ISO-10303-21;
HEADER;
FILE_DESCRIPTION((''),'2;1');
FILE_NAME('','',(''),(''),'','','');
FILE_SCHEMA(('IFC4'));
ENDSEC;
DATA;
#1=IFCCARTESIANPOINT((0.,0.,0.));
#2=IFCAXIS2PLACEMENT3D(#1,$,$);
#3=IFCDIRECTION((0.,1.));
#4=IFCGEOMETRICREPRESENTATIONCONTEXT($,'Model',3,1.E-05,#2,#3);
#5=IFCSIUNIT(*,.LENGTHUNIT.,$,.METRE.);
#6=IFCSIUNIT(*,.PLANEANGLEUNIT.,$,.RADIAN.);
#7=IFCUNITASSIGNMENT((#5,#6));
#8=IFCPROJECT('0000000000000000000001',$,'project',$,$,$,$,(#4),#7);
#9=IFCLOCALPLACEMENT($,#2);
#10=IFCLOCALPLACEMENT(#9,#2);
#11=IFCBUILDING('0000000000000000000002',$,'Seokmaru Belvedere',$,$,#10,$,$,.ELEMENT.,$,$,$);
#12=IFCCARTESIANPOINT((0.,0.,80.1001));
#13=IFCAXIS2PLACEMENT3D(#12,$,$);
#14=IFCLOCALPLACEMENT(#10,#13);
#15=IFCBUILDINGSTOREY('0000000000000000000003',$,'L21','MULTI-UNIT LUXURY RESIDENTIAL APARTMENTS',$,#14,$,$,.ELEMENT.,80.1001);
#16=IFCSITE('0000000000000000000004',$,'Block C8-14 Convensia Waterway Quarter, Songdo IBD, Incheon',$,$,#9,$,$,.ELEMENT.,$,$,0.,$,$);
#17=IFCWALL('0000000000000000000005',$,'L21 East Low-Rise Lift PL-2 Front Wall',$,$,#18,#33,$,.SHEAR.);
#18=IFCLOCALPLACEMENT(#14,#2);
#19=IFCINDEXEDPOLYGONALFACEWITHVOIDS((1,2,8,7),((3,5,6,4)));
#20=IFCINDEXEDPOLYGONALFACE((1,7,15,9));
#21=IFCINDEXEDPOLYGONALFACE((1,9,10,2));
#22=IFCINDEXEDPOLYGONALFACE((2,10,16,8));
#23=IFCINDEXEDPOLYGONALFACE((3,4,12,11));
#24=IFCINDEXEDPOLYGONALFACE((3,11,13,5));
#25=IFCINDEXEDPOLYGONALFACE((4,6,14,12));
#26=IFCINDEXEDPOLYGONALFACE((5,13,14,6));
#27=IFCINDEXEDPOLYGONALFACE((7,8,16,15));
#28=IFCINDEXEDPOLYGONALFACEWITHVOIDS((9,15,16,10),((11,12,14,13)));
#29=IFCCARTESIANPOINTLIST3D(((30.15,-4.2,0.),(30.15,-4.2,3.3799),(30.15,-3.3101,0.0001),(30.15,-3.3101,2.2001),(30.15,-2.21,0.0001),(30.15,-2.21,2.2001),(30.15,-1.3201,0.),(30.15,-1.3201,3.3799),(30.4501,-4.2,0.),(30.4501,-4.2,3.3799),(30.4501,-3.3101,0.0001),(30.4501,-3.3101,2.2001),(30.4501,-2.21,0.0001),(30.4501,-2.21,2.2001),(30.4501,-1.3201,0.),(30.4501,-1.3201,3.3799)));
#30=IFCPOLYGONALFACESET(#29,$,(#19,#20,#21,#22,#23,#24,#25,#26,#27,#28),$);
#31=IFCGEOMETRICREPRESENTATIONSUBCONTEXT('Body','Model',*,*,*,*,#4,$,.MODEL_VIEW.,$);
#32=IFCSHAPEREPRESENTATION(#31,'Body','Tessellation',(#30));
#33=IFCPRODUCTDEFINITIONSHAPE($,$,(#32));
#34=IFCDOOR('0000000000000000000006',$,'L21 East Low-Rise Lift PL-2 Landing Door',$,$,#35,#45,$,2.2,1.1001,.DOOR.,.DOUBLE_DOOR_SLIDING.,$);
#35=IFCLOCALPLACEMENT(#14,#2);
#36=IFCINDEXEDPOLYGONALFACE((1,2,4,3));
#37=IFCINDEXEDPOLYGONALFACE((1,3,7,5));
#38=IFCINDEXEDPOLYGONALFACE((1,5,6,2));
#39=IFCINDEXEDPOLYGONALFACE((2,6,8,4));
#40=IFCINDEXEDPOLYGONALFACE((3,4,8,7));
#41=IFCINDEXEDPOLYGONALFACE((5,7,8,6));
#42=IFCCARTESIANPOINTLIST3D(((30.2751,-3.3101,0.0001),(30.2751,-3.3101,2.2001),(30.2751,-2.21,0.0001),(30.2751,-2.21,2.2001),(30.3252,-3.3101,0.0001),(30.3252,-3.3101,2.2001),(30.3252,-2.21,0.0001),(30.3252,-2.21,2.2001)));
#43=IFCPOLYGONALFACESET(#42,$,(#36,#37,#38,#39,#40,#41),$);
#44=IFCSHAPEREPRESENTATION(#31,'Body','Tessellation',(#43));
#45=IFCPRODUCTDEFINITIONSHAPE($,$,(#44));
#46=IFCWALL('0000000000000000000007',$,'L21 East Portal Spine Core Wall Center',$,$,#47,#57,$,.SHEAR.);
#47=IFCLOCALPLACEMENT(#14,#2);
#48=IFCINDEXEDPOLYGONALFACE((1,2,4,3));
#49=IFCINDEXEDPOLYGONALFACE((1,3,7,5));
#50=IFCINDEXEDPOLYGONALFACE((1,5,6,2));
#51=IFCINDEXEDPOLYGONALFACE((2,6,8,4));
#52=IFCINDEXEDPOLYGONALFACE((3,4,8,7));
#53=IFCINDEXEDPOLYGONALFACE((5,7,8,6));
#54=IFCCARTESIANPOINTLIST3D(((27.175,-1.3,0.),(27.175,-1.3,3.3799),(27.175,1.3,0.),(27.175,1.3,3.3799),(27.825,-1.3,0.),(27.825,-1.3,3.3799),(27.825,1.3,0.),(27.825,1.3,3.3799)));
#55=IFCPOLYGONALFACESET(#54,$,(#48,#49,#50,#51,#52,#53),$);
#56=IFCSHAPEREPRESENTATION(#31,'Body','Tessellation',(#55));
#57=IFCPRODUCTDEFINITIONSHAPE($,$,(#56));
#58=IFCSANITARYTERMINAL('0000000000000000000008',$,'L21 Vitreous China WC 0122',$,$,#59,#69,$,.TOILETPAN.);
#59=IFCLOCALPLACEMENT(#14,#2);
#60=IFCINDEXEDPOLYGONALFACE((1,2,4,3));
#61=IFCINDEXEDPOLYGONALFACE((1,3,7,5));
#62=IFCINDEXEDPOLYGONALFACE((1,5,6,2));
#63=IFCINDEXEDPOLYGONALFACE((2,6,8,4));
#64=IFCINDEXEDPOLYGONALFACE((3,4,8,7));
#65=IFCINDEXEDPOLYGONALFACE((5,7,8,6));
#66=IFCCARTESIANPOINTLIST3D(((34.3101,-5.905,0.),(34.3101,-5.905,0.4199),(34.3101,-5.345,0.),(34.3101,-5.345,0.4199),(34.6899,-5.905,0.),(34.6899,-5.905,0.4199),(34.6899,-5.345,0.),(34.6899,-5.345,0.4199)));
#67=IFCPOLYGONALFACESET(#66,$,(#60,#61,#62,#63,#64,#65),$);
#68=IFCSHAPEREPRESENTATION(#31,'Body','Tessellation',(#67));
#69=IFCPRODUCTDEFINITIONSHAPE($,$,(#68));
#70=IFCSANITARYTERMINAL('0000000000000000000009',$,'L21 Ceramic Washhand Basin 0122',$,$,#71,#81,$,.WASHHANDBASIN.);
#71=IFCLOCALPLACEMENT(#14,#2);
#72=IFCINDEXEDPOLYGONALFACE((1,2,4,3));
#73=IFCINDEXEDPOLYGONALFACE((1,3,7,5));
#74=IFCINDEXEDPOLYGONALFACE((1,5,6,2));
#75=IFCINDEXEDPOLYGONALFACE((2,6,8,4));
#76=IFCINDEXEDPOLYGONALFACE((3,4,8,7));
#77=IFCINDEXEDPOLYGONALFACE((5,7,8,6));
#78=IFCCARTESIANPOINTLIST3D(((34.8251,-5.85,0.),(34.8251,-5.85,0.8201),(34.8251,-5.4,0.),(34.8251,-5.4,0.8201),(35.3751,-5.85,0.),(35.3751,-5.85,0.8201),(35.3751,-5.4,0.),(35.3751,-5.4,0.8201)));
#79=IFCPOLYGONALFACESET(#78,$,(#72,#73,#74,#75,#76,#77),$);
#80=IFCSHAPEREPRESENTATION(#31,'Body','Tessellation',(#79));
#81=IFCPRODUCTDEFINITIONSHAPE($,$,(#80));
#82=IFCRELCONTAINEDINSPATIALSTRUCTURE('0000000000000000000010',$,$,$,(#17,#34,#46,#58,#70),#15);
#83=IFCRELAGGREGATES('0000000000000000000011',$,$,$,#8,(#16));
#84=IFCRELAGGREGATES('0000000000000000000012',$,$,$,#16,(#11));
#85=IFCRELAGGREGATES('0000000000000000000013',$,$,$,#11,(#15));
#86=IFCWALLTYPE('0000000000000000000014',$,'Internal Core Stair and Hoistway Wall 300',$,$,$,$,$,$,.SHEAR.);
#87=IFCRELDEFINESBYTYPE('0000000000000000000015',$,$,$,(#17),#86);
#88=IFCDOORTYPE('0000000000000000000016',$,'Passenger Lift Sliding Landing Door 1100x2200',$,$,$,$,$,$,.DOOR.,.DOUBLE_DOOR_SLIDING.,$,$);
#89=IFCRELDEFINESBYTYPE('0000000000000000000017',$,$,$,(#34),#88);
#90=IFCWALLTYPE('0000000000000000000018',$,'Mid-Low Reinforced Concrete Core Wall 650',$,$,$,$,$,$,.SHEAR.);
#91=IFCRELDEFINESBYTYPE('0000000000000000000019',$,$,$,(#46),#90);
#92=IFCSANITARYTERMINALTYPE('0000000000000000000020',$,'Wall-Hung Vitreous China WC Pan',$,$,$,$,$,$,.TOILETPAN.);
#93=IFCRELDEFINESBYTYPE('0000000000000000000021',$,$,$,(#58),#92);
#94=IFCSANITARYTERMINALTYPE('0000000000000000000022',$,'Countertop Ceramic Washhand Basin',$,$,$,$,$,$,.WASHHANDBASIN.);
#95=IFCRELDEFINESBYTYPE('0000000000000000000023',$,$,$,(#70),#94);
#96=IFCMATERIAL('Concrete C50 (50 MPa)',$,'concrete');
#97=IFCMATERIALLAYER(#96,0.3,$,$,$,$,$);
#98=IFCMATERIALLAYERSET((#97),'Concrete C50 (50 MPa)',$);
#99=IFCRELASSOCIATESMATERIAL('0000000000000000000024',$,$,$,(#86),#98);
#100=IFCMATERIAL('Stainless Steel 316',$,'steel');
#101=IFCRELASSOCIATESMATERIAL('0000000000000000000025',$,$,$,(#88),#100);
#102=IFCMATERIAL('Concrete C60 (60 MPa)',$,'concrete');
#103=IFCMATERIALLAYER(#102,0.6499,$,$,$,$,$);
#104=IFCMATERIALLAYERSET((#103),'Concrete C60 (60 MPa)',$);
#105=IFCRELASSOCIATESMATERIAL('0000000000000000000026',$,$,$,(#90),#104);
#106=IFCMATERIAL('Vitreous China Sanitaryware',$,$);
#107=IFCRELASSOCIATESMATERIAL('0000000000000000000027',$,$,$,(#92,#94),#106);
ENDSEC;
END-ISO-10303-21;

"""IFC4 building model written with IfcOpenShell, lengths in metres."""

from ifc_helpers import new_model, si_unit, direction, frame, frame_2d, origin, origin_2d, place, context, subcontext, project, spatial, rectangle, extrude, source, transform, mapped, material, layer, layer_set, type_object, type_shapes, element, fill, save


model = new_model("IFC4")

# Units and contexts
model_context = context("Model", 3, precision=1e-05, world=origin(), true_north=direction((0.0, 1.0)))
body_context = subcontext(model_context, "Body", "Model", "MODEL_VIEW")
ifc_project = project(units=[si_unit("LENGTHUNIT", "METRE"), si_unit("PLANEANGLEUNIT", "RADIAN")], contexts=[model_context])

# Site, building, storey
site_placement = place(None, origin())
site = spatial("IfcSite", under=ifc_project, at=site_placement, Name="Block C8-14 Convensia Waterway Quarter, Songdo IBD, Incheon", CompositionType="ELEMENT", RefElevation=0.0)
building_placement = place(site_placement, origin())
building = spatial("IfcBuilding", under=site, at=building_placement, Name="Seokmaru Belvedere", CompositionType="ELEMENT")
storey_placement = place(building_placement, frame((0.0, 0.0, 80.1001)))
storey = spatial("IfcBuildingStorey", under=building, at=storey_placement, Name="L21", Description="MULTI-UNIT LUXURY RESIDENTIAL APARTMENTS", CompositionType="ELEMENT", Elevation=80.1001)

# Shared definitions
ifc_material_1 = material(Name="Concrete C50 (50 MPa)", Category="concrete")

# Wall, opening, door
ifc_layer_1 = layer(ifc_material_1, 0.3)
ifc_layer_set_1 = layer_set([ifc_layer_1], Name="Concrete C50 (50 MPa)")
wall_type_1 = type_object("IfcWallType", Name="Internal Core Stair and Hoistway Wall 300", PredefinedType="SHEAR", material=ifc_layer_set_1)
wall_1_placement = place(storey_placement, frame((30.3, -4.2, 0.0), z_axis=(0.0, 0.0, 1.0), x_axis=(0.0, 1.0, 0.0)))
wall_1 = element("IfcWall", 1, at=wall_1_placement, inside=storey, type_object=wall_type_1, Name="L21 East Low-Rise Lift PL-2 Front Wall", PredefinedType="SHEAR", context=body_context, shape_type="SweptSolid", body=[
    extrude(rectangle(XDim=2.8799, YDim=0.3, at=frame_2d((1.4399, 0.0))), origin(), (0.0, 0.0, 1.0), 3.3799),
])
opening_1_placement = place(wall_1_placement, frame((0.8899, 0.0, 0.0)))
opening_1 = element("IfcOpeningElement", 2, at=opening_1_placement, cuts=wall_1, PredefinedType="OPENING", context=body_context, shape_type="SweptSolid", body=[
    extrude(rectangle(XDim=1.1001, YDim=2.2, at=frame_2d((0.55, 1.1001))), frame((0.0, 0.1602, 0.0), z_axis=(0.0, -1.0, 0.0), x_axis=(1.0, 0.0, 0.0)), (0.0, 0.0, 1.0), 0.3201),
])
ifc_material_2 = material(Name="Stainless Steel 316", Category="steel")
door_type_1 = type_object("IfcDoorType", Name="Passenger Lift Sliding Landing Door 1100x2200", OperationType="DOUBLE_DOOR_SLIDING", PredefinedType="DOOR", material=ifc_material_2)
shared_shape_1 = source(origin(), body_context, "Body", "SweptSolid", [
    extrude(rectangle(XDim=1.1001, YDim=2.2, at=frame_2d((0.55, 1.1001))), frame((0.0, 0.0249, 0.0), z_axis=(0.0, -1.0, 0.0), x_axis=(1.0, 0.0, 0.0)), (0.0, 0.0, 1.0), 0.05),
])
type_shapes(door_type_1, [shared_shape_1])
door_1_placement = place(opening_1_placement, origin())
door_1 = element("IfcDoor", 3, at=door_1_placement, inside=storey, type_object=door_type_1, Name="L21 East Low-Rise Lift PL-2 Landing Door", OperationType="DOUBLE_DOOR_SLIDING", OverallHeight=2.2, OverallWidth=1.1001, PredefinedType="DOOR", context=body_context, shape_type="MappedRepresentation", body=[
    mapped(shared_shape_1, transform((0.0, 0.0, 0.0), scale=1.0)),
])
fill(opening_1, door_1)

# Wall
ifc_material_3 = material(Name="Concrete C60 (60 MPa)", Category="concrete")
ifc_layer_2 = layer(ifc_material_3, 0.6499)
ifc_layer_set_2 = layer_set([ifc_layer_2], Name="Concrete C60 (60 MPa)")
wall_type_2 = type_object("IfcWallType", Name="Mid-Low Reinforced Concrete Core Wall 650", PredefinedType="SHEAR", material=ifc_layer_set_2)
wall_2_placement = place(storey_placement, frame((27.5, -1.3, 0.0), z_axis=(0.0, 0.0, 1.0), x_axis=(0.0, 1.0, 0.0)))
element("IfcWall", 4, at=wall_2_placement, inside=storey, type_object=wall_type_2, Name="L21 East Portal Spine Core Wall Center", PredefinedType="SHEAR", context=body_context, shape_type="SweptSolid", body=[
    extrude(rectangle(XDim=2.6001, YDim=0.6499, at=frame_2d((1.3, 0.0))), origin(), (0.0, 0.0, 1.0), 3.3799),
])

# Sanitary terminals
ifc_material_4 = material(Name="Vitreous China Sanitaryware")
sanitary_terminal_type_1 = type_object("IfcSanitaryTerminalType", Name="Wall-Hung Vitreous China WC Pan", PredefinedType="TOILETPAN", material=ifc_material_4)
shared_shape_2 = source(origin(), body_context, "Body", "SweptSolid", [
    extrude(rectangle(XDim=0.3799, YDim=0.5601, at=origin_2d()), origin(), (0.0, 0.0, 1.0), 0.4199),
])
type_shapes(sanitary_terminal_type_1, [shared_shape_2])
sanitary_terminal_1_placement = place(storey_placement, frame((34.5, -5.625, 0.0), z_axis=(0.0, 0.0, 1.0), x_axis=(1.0, 0.0, 0.0)))
element("IfcSanitaryTerminal", 5, at=sanitary_terminal_1_placement, inside=storey, type_object=sanitary_terminal_type_1, Name="L21 Vitreous China WC 0122", PredefinedType="TOILETPAN", context=body_context, shape_type="MappedRepresentation", body=[
    mapped(shared_shape_2, transform((0.0, 0.0, 0.0), scale=1.0)),
])
sanitary_terminal_type_2 = type_object("IfcSanitaryTerminalType", Name="Countertop Ceramic Washhand Basin", PredefinedType="WASHHANDBASIN", material=ifc_material_4)
shared_shape_3 = source(origin(), body_context, "Body", "SweptSolid", [
    extrude(rectangle(XDim=0.55, YDim=0.45, at=origin_2d()), origin(), (0.0, 0.0, 1.0), 0.8201),
])
type_shapes(sanitary_terminal_type_2, [shared_shape_3])
sanitary_terminal_2_placement = place(storey_placement, frame((35.1001, -5.625, 0.0), z_axis=(0.0, 0.0, 1.0), x_axis=(1.0, 0.0, 0.0)))
element("IfcSanitaryTerminal", 6, at=sanitary_terminal_2_placement, inside=storey, type_object=sanitary_terminal_type_2, Name="L21 Ceramic Washhand Basin 0122", PredefinedType="WASHHANDBASIN", context=body_context, shape_type="MappedRepresentation", body=[
    mapped(shared_shape_3, transform((0.0, 0.0, 0.0), scale=1.0)),
])

save(model, "model.ifc")
